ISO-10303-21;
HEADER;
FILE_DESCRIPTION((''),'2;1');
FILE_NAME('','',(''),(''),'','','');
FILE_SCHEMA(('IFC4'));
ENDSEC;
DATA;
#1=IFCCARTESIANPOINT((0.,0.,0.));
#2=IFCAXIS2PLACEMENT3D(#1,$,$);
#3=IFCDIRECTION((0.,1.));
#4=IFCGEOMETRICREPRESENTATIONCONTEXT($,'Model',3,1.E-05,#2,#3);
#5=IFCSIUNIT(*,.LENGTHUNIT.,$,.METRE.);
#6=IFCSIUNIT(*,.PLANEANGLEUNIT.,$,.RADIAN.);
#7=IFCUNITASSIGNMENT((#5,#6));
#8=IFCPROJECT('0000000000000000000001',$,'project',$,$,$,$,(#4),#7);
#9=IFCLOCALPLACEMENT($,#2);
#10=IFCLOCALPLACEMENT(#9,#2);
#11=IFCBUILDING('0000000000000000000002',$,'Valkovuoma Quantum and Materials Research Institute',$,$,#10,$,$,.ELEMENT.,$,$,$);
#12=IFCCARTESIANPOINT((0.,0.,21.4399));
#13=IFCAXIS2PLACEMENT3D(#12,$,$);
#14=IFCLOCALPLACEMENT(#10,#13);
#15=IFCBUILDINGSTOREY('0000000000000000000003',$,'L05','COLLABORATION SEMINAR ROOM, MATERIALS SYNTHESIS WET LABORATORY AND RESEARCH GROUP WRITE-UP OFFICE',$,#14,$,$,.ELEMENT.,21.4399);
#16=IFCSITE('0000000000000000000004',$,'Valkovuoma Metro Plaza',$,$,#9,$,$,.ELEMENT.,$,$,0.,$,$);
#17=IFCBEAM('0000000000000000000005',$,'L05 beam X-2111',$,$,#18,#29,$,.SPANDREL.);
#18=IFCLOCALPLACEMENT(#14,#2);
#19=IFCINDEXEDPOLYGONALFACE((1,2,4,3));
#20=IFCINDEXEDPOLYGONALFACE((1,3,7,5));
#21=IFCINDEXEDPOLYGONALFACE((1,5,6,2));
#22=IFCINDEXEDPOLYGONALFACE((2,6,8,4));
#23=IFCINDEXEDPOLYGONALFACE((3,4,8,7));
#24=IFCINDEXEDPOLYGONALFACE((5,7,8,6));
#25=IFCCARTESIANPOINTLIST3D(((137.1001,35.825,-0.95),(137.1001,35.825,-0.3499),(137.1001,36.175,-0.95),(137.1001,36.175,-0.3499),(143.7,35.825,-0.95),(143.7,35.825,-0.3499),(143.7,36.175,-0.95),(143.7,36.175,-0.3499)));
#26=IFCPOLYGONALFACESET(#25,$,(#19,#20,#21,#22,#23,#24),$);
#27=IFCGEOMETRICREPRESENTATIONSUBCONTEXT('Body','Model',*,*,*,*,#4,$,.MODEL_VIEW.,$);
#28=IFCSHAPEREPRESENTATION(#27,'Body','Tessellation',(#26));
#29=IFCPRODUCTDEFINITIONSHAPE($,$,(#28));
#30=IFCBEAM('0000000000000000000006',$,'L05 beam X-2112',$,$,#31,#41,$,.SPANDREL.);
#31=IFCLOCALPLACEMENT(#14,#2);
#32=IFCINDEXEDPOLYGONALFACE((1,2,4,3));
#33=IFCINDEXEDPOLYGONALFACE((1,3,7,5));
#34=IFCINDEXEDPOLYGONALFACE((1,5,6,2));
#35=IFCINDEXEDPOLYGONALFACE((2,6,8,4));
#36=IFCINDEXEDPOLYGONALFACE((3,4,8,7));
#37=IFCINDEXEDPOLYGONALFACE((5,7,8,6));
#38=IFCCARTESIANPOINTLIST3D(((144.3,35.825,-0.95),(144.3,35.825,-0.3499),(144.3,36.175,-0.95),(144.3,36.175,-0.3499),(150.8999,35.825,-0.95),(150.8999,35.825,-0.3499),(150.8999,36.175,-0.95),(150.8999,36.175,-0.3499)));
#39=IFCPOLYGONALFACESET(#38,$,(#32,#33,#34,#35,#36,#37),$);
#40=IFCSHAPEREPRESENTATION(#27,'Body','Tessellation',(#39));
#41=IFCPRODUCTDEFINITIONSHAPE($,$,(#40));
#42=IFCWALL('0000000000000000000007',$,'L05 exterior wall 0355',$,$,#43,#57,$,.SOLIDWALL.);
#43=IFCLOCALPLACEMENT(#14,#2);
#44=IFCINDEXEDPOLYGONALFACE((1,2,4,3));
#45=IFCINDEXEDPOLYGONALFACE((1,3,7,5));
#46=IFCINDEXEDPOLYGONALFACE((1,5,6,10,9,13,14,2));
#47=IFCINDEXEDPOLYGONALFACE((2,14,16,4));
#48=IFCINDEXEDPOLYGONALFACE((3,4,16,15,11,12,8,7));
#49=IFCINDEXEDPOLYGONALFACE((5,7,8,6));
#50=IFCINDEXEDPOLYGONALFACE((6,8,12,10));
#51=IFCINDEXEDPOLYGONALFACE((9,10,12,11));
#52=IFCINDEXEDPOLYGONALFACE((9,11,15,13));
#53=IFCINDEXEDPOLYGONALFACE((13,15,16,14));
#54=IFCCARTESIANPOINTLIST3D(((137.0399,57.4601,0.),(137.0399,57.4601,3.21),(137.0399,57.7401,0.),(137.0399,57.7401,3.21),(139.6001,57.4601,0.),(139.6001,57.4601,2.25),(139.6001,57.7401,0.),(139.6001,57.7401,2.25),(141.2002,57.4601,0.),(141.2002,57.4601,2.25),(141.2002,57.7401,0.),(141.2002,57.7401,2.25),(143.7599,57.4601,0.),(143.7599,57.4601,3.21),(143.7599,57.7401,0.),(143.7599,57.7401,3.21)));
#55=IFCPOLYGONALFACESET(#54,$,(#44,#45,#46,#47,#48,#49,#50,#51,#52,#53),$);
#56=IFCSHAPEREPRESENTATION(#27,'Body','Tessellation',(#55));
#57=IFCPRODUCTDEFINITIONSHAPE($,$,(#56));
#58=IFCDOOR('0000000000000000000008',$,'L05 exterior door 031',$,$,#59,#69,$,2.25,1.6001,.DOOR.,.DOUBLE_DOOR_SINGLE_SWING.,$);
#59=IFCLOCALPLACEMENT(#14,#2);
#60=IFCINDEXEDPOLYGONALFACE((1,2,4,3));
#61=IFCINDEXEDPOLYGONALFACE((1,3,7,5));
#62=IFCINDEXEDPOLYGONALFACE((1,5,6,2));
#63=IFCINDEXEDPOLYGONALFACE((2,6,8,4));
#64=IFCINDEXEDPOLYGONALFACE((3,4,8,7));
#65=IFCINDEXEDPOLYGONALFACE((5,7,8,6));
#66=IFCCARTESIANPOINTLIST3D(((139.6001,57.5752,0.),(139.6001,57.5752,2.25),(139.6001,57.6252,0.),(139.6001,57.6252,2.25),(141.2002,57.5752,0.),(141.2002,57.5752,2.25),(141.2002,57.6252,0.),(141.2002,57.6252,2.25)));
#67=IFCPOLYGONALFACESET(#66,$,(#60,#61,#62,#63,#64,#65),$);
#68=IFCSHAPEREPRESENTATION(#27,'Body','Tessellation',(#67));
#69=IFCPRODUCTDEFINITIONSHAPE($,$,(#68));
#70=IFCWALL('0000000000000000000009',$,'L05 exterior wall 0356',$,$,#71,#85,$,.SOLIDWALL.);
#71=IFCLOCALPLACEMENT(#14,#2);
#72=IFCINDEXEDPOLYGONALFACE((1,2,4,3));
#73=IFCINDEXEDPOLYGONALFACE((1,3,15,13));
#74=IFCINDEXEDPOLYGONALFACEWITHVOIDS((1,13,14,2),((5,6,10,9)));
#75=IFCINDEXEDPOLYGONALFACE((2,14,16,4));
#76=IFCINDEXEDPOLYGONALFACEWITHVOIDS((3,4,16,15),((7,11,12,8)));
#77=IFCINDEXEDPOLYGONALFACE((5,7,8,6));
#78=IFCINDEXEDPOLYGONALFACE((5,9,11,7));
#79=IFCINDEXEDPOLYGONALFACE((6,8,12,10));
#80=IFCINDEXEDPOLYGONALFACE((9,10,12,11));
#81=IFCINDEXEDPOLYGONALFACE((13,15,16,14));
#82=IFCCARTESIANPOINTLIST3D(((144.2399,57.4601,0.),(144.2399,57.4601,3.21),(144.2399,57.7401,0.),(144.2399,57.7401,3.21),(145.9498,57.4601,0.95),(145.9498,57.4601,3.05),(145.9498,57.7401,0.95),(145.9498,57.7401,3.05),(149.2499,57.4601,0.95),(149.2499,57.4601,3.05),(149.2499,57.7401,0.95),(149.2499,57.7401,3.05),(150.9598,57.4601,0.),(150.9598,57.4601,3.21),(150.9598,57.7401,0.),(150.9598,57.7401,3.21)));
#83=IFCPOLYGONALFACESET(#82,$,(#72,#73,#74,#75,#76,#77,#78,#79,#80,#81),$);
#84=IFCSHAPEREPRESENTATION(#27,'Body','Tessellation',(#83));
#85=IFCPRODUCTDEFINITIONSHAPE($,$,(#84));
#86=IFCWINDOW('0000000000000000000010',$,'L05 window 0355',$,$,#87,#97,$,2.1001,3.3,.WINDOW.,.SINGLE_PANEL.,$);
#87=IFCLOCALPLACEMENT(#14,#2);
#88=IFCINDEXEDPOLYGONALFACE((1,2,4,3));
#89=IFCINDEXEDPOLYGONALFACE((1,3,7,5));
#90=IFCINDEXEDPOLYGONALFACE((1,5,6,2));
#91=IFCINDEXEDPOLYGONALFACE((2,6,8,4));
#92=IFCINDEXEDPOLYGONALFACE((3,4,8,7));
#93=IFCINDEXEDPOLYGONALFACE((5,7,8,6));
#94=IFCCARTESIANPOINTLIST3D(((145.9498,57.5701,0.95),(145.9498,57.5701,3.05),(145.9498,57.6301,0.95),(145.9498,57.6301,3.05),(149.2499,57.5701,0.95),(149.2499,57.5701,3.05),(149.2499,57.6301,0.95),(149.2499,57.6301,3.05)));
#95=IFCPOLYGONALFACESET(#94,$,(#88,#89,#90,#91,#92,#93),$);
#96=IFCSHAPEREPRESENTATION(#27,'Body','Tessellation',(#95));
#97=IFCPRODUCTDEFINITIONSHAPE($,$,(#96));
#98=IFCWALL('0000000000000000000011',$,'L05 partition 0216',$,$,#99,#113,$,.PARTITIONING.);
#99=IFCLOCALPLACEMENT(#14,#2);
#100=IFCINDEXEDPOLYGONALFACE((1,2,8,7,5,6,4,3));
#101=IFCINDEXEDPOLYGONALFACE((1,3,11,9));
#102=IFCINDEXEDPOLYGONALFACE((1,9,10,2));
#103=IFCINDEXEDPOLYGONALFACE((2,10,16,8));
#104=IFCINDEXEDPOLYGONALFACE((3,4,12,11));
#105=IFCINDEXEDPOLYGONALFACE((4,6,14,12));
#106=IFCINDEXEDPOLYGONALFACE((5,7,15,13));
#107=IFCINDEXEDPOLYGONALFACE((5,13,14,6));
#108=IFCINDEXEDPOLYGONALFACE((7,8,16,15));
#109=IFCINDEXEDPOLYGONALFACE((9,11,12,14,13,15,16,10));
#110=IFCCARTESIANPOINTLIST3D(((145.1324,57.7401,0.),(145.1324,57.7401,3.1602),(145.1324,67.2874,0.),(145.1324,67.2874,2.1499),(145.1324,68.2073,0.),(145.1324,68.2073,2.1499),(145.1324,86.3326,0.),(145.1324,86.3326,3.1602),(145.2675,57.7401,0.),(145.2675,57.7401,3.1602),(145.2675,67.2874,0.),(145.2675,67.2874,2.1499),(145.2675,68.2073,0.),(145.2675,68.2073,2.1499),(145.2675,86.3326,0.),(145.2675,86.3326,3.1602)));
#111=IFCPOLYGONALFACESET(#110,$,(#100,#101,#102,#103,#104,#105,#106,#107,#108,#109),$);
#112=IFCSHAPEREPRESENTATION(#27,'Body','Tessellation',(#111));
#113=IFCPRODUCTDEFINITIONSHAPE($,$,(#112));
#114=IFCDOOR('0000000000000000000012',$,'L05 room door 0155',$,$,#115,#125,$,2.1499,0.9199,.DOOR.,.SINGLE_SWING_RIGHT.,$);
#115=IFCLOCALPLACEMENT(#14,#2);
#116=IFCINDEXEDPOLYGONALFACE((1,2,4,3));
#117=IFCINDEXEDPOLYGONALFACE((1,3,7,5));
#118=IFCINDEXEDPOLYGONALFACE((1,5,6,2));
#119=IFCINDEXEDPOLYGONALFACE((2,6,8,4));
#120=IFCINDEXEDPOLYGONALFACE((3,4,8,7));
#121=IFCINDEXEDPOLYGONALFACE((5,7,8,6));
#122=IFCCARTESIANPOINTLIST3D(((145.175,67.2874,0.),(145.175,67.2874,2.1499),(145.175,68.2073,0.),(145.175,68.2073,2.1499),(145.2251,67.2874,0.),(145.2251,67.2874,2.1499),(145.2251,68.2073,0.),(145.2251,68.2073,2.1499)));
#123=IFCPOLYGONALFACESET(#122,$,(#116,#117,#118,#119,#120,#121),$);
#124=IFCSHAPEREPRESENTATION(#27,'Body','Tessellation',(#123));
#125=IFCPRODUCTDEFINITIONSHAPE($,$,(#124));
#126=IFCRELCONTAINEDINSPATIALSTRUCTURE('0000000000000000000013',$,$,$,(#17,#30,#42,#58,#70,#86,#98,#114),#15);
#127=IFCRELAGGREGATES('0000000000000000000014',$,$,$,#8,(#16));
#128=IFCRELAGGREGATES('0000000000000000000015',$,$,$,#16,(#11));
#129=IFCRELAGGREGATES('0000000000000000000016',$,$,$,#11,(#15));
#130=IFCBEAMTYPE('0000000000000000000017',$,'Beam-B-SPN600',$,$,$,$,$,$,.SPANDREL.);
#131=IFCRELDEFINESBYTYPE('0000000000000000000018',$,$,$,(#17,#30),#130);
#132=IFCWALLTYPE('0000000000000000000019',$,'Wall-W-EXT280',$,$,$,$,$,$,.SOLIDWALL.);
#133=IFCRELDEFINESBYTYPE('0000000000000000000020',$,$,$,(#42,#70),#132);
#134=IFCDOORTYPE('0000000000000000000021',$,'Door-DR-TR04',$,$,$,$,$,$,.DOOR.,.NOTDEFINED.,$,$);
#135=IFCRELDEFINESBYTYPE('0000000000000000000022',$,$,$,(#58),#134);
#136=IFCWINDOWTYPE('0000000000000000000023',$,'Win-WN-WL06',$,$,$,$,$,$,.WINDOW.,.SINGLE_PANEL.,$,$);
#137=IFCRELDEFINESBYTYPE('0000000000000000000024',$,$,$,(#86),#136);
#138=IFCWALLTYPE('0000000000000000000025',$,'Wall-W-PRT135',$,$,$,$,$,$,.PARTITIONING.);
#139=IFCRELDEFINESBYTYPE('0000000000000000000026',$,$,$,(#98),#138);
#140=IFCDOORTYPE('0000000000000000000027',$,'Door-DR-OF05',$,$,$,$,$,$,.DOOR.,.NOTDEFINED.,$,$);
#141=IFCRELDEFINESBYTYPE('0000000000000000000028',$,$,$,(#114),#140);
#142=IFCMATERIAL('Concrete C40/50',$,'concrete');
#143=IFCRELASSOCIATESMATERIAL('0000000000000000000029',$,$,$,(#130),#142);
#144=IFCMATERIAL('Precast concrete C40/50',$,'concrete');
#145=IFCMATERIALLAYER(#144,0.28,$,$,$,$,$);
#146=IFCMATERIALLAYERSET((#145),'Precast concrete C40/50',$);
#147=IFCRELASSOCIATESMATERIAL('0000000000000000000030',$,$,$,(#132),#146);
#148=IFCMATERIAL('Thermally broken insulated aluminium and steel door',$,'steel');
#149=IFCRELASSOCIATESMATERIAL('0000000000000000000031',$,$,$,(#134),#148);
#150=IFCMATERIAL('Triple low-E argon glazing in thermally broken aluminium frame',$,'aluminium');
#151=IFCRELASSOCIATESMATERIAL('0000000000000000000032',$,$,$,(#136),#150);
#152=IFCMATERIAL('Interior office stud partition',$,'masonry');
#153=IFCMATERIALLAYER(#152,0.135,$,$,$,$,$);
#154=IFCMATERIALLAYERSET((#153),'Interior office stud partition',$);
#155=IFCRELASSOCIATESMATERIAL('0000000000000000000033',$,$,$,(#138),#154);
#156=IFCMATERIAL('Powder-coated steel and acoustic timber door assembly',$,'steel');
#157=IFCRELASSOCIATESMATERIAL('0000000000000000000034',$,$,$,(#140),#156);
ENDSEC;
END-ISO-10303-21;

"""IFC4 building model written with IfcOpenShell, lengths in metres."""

from ifc_helpers import new_model, si_unit, direction, frame, frame_2d, origin, origin_2d, place, context, subcontext, project, spatial, rectangle, extrude, material, layer, layer_set, material_profile, profile_set, type_object, element, fill, save


model = new_model("IFC4")

# Units and contexts
model_context = context("Model", 3, precision=1e-05, world=origin(), true_north=direction((0.0, 1.0)))
body_context = subcontext(model_context, "Body", "Model", "MODEL_VIEW")
ifc_project = project(units=[si_unit("LENGTHUNIT", "METRE"), si_unit("PLANEANGLEUNIT", "RADIAN")], contexts=[model_context])

# Site, building, storey
site_placement = place(None, origin())
site = spatial("IfcSite", under=ifc_project, at=site_placement, Name="Valkovuoma Metro Plaza", CompositionType="ELEMENT", RefElevation=0.0)
building_placement = place(site_placement, origin())
building = spatial("IfcBuilding", under=site, at=building_placement, Name="Valkovuoma Quantum and Materials Research Institute", CompositionType="ELEMENT")
storey_placement = place(building_placement, frame((0.0, 0.0, 21.4399)))
storey = spatial("IfcBuildingStorey", under=building, at=storey_placement, Name="L05", Description="COLLABORATION SEMINAR ROOM, MATERIALS SYNTHESIS WET LABORATORY AND RESEARCH GROUP WRITE-UP OFFICE", CompositionType="ELEMENT", Elevation=21.4399)

# Beams
ifc_material_1 = material(Name="Concrete C40/50", Category="concrete")
ifc_material_profile_1 = material_profile(ifc_material_1, rectangle(XDim=0.3501, YDim=0.6001, at=origin_2d()), Name="Concrete C40/50")
ifc_profile_set_1 = profile_set([ifc_material_profile_1], Name="Concrete C40/50")
beam_type_1 = type_object("IfcBeamType", Name="Beam-B-SPN600", PredefinedType="SPANDREL", material=ifc_profile_set_1)
for number, where, z_axis, x_axis, name in (
    (1, (137.1001, 36.0, -0.6499), (1.0, 0.0, 0.0), (0.0, 1.0, 0.0), "L05 beam X-2111"),
    (2, (144.3, 36.0, -0.6499), (1.0, 0.0, 0.0), (0.0, 1.0, 0.0), "L05 beam X-2112"),
):
    element("IfcBeam", number, at=place(storey_placement, frame(where, z_axis=z_axis, x_axis=x_axis)), inside=storey, type_object=beam_type_1, Name=name, PredefinedType="SPANDREL", context=body_context, shape_type="SweptSolid", body=[
        extrude(rectangle(XDim=0.3501, YDim=0.6001, at=origin_2d()), origin(), (0.0, 0.0, 1.0), 6.5999),
    ])

# Wall, opening, door
ifc_material_2 = material(Name="Precast concrete C40/50", Category="concrete")
ifc_layer_1 = layer(ifc_material_2, 0.28)
ifc_layer_set_1 = layer_set([ifc_layer_1], Name="Precast concrete C40/50")
wall_type_1 = type_object("IfcWallType", Name="Wall-W-EXT280", PredefinedType="SOLIDWALL", material=ifc_layer_set_1)
wall_1_placement = place(storey_placement, frame((137.04, 57.6001, 0.0), z_axis=(0.0, 0.0, 1.0), x_axis=(1.0, 0.0, 0.0)))
wall_1 = element("IfcWall", 3, at=wall_1_placement, inside=storey, type_object=wall_type_1, Name="L05 exterior wall 0355", PredefinedType="SOLIDWALL", context=body_context, shape_type="SweptSolid", body=[
    extrude(rectangle(XDim=6.72, YDim=0.28, at=frame_2d((3.3599, 0.0))), origin(), (0.0, 0.0, 1.0), 3.21),
])
opening_1_placement = place(wall_1_placement, frame((2.5601, 0.0, 0.0)))
opening_1 = element("IfcOpeningElement", 4, at=opening_1_placement, cuts=wall_1, PredefinedType="OPENING", context=body_context, shape_type="SweptSolid", body=[
    extrude(rectangle(XDim=1.6001, YDim=2.25, at=frame_2d((0.8, 1.125))), frame((0.0, 0.1499, 0.0), z_axis=(0.0, -1.0, 0.0), x_axis=(1.0, 0.0, 0.0)), (0.0, 0.0, 1.0), 0.3),
])
ifc_material_3 = material(Name="Thermally broken insulated aluminium and steel door", Category="steel")
door_type_1 = type_object("IfcDoorType", Name="Door-DR-TR04", OperationType="NOTDEFINED", PredefinedType="DOOR", material=ifc_material_3)
door_1_placement = place(opening_1_placement, frame((1.6001, 0.0, 0.0), z_axis=(0.0, 0.0, 1.0), x_axis=(-1.0, 0.0, 0.0)))
door_1 = element("IfcDoor", 5, at=door_1_placement, inside=storey, type_object=door_type_1, Name="L05 exterior door 031", OperationType="DOUBLE_DOOR_SINGLE_SWING", OverallHeight=2.25, OverallWidth=1.6001, PredefinedType="DOOR", context=body_context, shape_type="SweptSolid", body=[
    extrude(rectangle(XDim=1.6001, YDim=2.25, at=frame_2d((0.8, 1.125))), frame((0.0, 0.0249, 0.0), z_axis=(0.0, -1.0, 0.0), x_axis=(1.0, 0.0, 0.0)), (0.0, 0.0, 1.0), 0.05),
])
fill(opening_1, door_1)

# Wall, opening, window
wall_2_placement = place(storey_placement, frame((144.24, 57.6001, 0.0), z_axis=(0.0, 0.0, 1.0), x_axis=(1.0, 0.0, 0.0)))
wall_2 = element("IfcWall", 6, at=wall_2_placement, inside=storey, type_object=wall_type_1, Name="L05 exterior wall 0356", PredefinedType="SOLIDWALL", context=body_context, shape_type="SweptSolid", body=[
    extrude(rectangle(XDim=6.72, YDim=0.28, at=frame_2d((3.3599, 0.0))), origin(), (0.0, 0.0, 1.0), 3.21),
])
opening_2_placement = place(wall_2_placement, frame((1.71, 0.0, 0.95)))
opening_2 = element("IfcOpeningElement", 7, at=opening_2_placement, cuts=wall_2, PredefinedType="OPENING", context=body_context, shape_type="SweptSolid", body=[
    extrude(rectangle(XDim=3.3, YDim=2.1001, at=frame_2d((1.6499, 1.05))), frame((0.0, 0.1499, 0.0), z_axis=(0.0, -1.0, 0.0), x_axis=(1.0, 0.0, 0.0)), (0.0, 0.0, 1.0), 0.3),
])
ifc_material_4 = material(Name="Triple low-E argon glazing in thermally broken aluminium frame", Category="aluminium")
window_type = type_object("IfcWindowType", Name="Win-WN-WL06", PartitioningType="SINGLE_PANEL", PredefinedType="WINDOW", material=ifc_material_4)
window_placement = place(opening_2_placement, origin())
window = element("IfcWindow", 8, at=window_placement, inside=storey, type_object=window_type, Name="L05 window 0355", OverallHeight=2.1001, OverallWidth=3.3, PartitioningType="SINGLE_PANEL", PredefinedType="WINDOW", context=body_context, shape_type="SweptSolid", body=[
    extrude(rectangle(XDim=3.3, YDim=2.1001, at=frame_2d((1.6499, 1.05))), frame((0.0, 0.03, 0.0), z_axis=(0.0, -1.0, 0.0), x_axis=(1.0, 0.0, 0.0)), (0.0, 0.0, 1.0), 0.0601),
])
fill(opening_2, window)

# Wall, opening, door
ifc_material_5 = material(Name="Interior office stud partition", Category="masonry")
ifc_layer_2 = layer(ifc_material_5, 0.135)
ifc_layer_set_2 = layer_set([ifc_layer_2], Name="Interior office stud partition")
wall_type_2 = type_object("IfcWallType", Name="Wall-W-PRT135", PredefinedType="PARTITIONING", material=ifc_layer_set_2)
wall_3_placement = place(storey_placement, frame((145.2, 57.74, 0.0), z_axis=(0.0, 0.0, 1.0), x_axis=(0.0, 1.0, 0.0)))
wall_3 = element("IfcWall", 9, at=wall_3_placement, inside=storey, type_object=wall_type_2, Name="L05 partition 0216", PredefinedType="PARTITIONING", context=body_context, shape_type="SweptSolid", body=[
    extrude(rectangle(XDim=28.5925, YDim=0.135, at=frame_2d((14.2964, 0.0))), origin(), (0.0, 0.0, 1.0), 3.1602),
])
opening_3_placement = place(wall_3_placement, frame((9.5474, 0.0, 0.0)))
opening_3 = element("IfcOpeningElement", 10, at=opening_3_placement, cuts=wall_3, PredefinedType="OPENING", context=body_context, shape_type="SweptSolid", body=[
    extrude(rectangle(XDim=0.9199, YDim=2.1499, at=frame_2d((0.46, 1.075))), frame((0.0, 0.0776, 0.0), z_axis=(0.0, -1.0, 0.0), x_axis=(1.0, 0.0, 0.0)), (0.0, 0.0, 1.0), 0.155),
])
ifc_material_6 = material(Name="Powder-coated steel and acoustic timber door assembly", Category="steel")
door_type_2 = type_object("IfcDoorType", Name="Door-DR-OF05", OperationType="NOTDEFINED", PredefinedType="DOOR", material=ifc_material_6)
door_2_placement = place(opening_3_placement, origin())
door_2 = element("IfcDoor", 11, at=door_2_placement, inside=storey, type_object=door_type_2, Name="L05 room door 0155", OperationType="SINGLE_SWING_RIGHT", OverallHeight=2.1499, OverallWidth=0.9199, PredefinedType="DOOR", context=body_context, shape_type="SweptSolid", body=[
    extrude(rectangle(XDim=0.9199, YDim=2.1499, at=frame_2d((0.46, 1.075))), frame((0.0, 0.0249, 0.0), z_axis=(0.0, -1.0, 0.0), x_axis=(1.0, 0.0, 0.0)), (0.0, 0.0, 1.0), 0.05),
])
fill(opening_3, door_2)

save(model, "model.ifc")
